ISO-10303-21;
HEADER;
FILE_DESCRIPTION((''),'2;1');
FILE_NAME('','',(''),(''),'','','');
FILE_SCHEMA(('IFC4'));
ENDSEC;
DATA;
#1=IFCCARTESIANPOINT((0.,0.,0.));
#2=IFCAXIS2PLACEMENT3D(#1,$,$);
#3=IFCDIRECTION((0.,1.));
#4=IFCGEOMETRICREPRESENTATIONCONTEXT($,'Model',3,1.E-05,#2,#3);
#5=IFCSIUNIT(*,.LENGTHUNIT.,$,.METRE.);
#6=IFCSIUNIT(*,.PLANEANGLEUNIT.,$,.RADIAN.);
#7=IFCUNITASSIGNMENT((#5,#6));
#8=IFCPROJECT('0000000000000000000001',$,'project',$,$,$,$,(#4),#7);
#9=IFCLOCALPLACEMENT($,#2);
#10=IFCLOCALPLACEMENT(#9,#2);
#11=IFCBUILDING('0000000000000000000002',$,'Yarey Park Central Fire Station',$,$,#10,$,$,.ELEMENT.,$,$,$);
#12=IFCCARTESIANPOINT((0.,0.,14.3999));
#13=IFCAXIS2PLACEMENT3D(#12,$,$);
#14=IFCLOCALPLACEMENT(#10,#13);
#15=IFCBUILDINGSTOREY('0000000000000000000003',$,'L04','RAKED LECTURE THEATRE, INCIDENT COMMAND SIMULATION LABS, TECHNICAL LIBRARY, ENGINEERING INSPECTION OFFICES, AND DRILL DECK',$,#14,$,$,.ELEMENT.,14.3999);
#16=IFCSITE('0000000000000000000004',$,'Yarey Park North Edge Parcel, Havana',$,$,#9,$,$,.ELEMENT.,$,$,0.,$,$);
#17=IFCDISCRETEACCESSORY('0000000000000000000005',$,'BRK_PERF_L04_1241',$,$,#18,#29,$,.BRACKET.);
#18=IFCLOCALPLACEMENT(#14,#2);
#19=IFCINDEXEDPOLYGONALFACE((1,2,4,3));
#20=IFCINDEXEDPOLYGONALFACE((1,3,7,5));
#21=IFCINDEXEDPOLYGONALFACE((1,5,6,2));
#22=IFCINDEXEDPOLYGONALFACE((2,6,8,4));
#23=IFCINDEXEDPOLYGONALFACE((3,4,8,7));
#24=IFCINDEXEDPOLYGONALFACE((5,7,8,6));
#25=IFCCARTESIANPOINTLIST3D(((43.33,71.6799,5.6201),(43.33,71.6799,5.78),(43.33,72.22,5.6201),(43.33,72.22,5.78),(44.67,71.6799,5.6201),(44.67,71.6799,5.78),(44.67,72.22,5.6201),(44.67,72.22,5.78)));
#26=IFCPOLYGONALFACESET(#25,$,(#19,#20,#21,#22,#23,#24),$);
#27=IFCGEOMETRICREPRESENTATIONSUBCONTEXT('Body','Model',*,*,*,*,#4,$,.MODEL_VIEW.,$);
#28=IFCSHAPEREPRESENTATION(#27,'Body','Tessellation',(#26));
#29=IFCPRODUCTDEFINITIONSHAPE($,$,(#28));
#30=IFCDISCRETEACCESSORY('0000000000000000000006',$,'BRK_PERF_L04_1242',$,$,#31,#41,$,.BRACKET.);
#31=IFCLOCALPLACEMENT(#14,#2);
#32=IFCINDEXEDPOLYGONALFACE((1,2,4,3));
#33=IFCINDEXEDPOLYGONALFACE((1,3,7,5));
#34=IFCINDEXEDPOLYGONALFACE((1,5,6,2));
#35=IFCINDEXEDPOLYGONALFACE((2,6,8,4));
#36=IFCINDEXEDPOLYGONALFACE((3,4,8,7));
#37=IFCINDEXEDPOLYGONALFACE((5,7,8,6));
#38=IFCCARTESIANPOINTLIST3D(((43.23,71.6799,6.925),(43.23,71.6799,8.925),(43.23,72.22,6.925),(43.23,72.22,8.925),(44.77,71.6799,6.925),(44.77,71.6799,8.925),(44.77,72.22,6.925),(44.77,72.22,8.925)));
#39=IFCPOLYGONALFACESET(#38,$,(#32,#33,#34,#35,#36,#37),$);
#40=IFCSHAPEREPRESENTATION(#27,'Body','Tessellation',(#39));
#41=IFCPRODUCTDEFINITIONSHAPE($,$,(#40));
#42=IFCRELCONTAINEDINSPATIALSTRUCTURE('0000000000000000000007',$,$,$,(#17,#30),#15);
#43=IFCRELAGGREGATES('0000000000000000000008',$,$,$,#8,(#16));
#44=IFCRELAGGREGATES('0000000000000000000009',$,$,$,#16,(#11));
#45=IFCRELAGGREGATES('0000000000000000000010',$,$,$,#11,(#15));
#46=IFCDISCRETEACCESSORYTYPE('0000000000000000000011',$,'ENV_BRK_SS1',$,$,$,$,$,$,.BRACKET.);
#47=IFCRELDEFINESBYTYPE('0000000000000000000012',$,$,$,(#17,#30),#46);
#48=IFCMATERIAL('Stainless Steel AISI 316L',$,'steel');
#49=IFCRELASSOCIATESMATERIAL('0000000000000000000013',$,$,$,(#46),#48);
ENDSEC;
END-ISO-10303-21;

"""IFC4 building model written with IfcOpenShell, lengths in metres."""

from ifc_helpers import new_model, si_unit, direction, frame, origin, origin_2d, place, context, subcontext, project, spatial, rectangle, extrude, material, type_object, element, save


model = new_model("IFC4")

# Units and contexts
model_context = context("Model", 3, precision=1e-05, world=origin(), true_north=direction((0.0, 1.0)))
body_context = subcontext(model_context, "Body", "Model", "MODEL_VIEW")
ifc_project = project(units=[si_unit("LENGTHUNIT", "METRE"), si_unit("PLANEANGLEUNIT", "RADIAN")], contexts=[model_context])

# Site, building, storey
site_placement = place(None, origin())
site = spatial("IfcSite", under=ifc_project, at=site_placement, Name="Yarey Park North Edge Parcel, Havana", CompositionType="ELEMENT", RefElevation=0.0)
building_placement = place(site_placement, origin())
building = spatial("IfcBuilding", under=site, at=building_placement, Name="Yarey Park Central Fire Station", CompositionType="ELEMENT")
storey_placement = place(building_placement, frame((0.0, 0.0, 14.3999)))
storey = spatial("IfcBuildingStorey", under=building, at=storey_placement, Name="L04", Description="RAKED LECTURE THEATRE, INCIDENT COMMAND SIMULATION LABS, TECHNICAL LIBRARY, ENGINEERING INSPECTION OFFICES, AND DRILL DECK", CompositionType="ELEMENT", Elevation=14.3999)

# Shared definitions
ifc_material_1 = material(Name="Stainless Steel AISI 316L", Category="steel")

# Discrete accessories
discrete_accessory_type = type_object("IfcDiscreteAccessoryType", Name="ENV_BRK_SS1", PredefinedType="BRACKET", material=ifc_material_1)
discrete_accessory_1_placement = place(storey_placement, frame((44.0, 71.95, 5.6201), z_axis=(0.0, 0.0, 1.0), x_axis=(1.0, 0.0, 0.0)))
element("IfcDiscreteAccessory", 1, at=discrete_accessory_1_placement, inside=storey, type_object=discrete_accessory_type, Name="BRK_PERF_L04_1241", PredefinedType="BRACKET", context=body_context, shape_type="SweptSolid", body=[
    extrude(rectangle(XDim=1.3401, YDim=0.54, at=origin_2d()), origin(), (0.0, 0.0, 1.0), 0.1599),
])
discrete_accessory_2_placement = place(storey_placement, frame((44.0, 71.95, 6.925), z_axis=(0.0, 0.0, 1.0), x_axis=(1.0, 0.0, 0.0)))
element("IfcDiscreteAccessory", 2, at=discrete_accessory_2_placement, inside=storey, type_object=discrete_accessory_type, Name="BRK_PERF_L04_1242", PredefinedType="BRACKET", context=body_context, shape_type="SweptSolid", body=[
    extrude(rectangle(XDim=1.54, YDim=0.54, at=origin_2d()), origin(), (0.0, 0.0, 1.0), 2.0),
])

save(model, "model.ifc")
